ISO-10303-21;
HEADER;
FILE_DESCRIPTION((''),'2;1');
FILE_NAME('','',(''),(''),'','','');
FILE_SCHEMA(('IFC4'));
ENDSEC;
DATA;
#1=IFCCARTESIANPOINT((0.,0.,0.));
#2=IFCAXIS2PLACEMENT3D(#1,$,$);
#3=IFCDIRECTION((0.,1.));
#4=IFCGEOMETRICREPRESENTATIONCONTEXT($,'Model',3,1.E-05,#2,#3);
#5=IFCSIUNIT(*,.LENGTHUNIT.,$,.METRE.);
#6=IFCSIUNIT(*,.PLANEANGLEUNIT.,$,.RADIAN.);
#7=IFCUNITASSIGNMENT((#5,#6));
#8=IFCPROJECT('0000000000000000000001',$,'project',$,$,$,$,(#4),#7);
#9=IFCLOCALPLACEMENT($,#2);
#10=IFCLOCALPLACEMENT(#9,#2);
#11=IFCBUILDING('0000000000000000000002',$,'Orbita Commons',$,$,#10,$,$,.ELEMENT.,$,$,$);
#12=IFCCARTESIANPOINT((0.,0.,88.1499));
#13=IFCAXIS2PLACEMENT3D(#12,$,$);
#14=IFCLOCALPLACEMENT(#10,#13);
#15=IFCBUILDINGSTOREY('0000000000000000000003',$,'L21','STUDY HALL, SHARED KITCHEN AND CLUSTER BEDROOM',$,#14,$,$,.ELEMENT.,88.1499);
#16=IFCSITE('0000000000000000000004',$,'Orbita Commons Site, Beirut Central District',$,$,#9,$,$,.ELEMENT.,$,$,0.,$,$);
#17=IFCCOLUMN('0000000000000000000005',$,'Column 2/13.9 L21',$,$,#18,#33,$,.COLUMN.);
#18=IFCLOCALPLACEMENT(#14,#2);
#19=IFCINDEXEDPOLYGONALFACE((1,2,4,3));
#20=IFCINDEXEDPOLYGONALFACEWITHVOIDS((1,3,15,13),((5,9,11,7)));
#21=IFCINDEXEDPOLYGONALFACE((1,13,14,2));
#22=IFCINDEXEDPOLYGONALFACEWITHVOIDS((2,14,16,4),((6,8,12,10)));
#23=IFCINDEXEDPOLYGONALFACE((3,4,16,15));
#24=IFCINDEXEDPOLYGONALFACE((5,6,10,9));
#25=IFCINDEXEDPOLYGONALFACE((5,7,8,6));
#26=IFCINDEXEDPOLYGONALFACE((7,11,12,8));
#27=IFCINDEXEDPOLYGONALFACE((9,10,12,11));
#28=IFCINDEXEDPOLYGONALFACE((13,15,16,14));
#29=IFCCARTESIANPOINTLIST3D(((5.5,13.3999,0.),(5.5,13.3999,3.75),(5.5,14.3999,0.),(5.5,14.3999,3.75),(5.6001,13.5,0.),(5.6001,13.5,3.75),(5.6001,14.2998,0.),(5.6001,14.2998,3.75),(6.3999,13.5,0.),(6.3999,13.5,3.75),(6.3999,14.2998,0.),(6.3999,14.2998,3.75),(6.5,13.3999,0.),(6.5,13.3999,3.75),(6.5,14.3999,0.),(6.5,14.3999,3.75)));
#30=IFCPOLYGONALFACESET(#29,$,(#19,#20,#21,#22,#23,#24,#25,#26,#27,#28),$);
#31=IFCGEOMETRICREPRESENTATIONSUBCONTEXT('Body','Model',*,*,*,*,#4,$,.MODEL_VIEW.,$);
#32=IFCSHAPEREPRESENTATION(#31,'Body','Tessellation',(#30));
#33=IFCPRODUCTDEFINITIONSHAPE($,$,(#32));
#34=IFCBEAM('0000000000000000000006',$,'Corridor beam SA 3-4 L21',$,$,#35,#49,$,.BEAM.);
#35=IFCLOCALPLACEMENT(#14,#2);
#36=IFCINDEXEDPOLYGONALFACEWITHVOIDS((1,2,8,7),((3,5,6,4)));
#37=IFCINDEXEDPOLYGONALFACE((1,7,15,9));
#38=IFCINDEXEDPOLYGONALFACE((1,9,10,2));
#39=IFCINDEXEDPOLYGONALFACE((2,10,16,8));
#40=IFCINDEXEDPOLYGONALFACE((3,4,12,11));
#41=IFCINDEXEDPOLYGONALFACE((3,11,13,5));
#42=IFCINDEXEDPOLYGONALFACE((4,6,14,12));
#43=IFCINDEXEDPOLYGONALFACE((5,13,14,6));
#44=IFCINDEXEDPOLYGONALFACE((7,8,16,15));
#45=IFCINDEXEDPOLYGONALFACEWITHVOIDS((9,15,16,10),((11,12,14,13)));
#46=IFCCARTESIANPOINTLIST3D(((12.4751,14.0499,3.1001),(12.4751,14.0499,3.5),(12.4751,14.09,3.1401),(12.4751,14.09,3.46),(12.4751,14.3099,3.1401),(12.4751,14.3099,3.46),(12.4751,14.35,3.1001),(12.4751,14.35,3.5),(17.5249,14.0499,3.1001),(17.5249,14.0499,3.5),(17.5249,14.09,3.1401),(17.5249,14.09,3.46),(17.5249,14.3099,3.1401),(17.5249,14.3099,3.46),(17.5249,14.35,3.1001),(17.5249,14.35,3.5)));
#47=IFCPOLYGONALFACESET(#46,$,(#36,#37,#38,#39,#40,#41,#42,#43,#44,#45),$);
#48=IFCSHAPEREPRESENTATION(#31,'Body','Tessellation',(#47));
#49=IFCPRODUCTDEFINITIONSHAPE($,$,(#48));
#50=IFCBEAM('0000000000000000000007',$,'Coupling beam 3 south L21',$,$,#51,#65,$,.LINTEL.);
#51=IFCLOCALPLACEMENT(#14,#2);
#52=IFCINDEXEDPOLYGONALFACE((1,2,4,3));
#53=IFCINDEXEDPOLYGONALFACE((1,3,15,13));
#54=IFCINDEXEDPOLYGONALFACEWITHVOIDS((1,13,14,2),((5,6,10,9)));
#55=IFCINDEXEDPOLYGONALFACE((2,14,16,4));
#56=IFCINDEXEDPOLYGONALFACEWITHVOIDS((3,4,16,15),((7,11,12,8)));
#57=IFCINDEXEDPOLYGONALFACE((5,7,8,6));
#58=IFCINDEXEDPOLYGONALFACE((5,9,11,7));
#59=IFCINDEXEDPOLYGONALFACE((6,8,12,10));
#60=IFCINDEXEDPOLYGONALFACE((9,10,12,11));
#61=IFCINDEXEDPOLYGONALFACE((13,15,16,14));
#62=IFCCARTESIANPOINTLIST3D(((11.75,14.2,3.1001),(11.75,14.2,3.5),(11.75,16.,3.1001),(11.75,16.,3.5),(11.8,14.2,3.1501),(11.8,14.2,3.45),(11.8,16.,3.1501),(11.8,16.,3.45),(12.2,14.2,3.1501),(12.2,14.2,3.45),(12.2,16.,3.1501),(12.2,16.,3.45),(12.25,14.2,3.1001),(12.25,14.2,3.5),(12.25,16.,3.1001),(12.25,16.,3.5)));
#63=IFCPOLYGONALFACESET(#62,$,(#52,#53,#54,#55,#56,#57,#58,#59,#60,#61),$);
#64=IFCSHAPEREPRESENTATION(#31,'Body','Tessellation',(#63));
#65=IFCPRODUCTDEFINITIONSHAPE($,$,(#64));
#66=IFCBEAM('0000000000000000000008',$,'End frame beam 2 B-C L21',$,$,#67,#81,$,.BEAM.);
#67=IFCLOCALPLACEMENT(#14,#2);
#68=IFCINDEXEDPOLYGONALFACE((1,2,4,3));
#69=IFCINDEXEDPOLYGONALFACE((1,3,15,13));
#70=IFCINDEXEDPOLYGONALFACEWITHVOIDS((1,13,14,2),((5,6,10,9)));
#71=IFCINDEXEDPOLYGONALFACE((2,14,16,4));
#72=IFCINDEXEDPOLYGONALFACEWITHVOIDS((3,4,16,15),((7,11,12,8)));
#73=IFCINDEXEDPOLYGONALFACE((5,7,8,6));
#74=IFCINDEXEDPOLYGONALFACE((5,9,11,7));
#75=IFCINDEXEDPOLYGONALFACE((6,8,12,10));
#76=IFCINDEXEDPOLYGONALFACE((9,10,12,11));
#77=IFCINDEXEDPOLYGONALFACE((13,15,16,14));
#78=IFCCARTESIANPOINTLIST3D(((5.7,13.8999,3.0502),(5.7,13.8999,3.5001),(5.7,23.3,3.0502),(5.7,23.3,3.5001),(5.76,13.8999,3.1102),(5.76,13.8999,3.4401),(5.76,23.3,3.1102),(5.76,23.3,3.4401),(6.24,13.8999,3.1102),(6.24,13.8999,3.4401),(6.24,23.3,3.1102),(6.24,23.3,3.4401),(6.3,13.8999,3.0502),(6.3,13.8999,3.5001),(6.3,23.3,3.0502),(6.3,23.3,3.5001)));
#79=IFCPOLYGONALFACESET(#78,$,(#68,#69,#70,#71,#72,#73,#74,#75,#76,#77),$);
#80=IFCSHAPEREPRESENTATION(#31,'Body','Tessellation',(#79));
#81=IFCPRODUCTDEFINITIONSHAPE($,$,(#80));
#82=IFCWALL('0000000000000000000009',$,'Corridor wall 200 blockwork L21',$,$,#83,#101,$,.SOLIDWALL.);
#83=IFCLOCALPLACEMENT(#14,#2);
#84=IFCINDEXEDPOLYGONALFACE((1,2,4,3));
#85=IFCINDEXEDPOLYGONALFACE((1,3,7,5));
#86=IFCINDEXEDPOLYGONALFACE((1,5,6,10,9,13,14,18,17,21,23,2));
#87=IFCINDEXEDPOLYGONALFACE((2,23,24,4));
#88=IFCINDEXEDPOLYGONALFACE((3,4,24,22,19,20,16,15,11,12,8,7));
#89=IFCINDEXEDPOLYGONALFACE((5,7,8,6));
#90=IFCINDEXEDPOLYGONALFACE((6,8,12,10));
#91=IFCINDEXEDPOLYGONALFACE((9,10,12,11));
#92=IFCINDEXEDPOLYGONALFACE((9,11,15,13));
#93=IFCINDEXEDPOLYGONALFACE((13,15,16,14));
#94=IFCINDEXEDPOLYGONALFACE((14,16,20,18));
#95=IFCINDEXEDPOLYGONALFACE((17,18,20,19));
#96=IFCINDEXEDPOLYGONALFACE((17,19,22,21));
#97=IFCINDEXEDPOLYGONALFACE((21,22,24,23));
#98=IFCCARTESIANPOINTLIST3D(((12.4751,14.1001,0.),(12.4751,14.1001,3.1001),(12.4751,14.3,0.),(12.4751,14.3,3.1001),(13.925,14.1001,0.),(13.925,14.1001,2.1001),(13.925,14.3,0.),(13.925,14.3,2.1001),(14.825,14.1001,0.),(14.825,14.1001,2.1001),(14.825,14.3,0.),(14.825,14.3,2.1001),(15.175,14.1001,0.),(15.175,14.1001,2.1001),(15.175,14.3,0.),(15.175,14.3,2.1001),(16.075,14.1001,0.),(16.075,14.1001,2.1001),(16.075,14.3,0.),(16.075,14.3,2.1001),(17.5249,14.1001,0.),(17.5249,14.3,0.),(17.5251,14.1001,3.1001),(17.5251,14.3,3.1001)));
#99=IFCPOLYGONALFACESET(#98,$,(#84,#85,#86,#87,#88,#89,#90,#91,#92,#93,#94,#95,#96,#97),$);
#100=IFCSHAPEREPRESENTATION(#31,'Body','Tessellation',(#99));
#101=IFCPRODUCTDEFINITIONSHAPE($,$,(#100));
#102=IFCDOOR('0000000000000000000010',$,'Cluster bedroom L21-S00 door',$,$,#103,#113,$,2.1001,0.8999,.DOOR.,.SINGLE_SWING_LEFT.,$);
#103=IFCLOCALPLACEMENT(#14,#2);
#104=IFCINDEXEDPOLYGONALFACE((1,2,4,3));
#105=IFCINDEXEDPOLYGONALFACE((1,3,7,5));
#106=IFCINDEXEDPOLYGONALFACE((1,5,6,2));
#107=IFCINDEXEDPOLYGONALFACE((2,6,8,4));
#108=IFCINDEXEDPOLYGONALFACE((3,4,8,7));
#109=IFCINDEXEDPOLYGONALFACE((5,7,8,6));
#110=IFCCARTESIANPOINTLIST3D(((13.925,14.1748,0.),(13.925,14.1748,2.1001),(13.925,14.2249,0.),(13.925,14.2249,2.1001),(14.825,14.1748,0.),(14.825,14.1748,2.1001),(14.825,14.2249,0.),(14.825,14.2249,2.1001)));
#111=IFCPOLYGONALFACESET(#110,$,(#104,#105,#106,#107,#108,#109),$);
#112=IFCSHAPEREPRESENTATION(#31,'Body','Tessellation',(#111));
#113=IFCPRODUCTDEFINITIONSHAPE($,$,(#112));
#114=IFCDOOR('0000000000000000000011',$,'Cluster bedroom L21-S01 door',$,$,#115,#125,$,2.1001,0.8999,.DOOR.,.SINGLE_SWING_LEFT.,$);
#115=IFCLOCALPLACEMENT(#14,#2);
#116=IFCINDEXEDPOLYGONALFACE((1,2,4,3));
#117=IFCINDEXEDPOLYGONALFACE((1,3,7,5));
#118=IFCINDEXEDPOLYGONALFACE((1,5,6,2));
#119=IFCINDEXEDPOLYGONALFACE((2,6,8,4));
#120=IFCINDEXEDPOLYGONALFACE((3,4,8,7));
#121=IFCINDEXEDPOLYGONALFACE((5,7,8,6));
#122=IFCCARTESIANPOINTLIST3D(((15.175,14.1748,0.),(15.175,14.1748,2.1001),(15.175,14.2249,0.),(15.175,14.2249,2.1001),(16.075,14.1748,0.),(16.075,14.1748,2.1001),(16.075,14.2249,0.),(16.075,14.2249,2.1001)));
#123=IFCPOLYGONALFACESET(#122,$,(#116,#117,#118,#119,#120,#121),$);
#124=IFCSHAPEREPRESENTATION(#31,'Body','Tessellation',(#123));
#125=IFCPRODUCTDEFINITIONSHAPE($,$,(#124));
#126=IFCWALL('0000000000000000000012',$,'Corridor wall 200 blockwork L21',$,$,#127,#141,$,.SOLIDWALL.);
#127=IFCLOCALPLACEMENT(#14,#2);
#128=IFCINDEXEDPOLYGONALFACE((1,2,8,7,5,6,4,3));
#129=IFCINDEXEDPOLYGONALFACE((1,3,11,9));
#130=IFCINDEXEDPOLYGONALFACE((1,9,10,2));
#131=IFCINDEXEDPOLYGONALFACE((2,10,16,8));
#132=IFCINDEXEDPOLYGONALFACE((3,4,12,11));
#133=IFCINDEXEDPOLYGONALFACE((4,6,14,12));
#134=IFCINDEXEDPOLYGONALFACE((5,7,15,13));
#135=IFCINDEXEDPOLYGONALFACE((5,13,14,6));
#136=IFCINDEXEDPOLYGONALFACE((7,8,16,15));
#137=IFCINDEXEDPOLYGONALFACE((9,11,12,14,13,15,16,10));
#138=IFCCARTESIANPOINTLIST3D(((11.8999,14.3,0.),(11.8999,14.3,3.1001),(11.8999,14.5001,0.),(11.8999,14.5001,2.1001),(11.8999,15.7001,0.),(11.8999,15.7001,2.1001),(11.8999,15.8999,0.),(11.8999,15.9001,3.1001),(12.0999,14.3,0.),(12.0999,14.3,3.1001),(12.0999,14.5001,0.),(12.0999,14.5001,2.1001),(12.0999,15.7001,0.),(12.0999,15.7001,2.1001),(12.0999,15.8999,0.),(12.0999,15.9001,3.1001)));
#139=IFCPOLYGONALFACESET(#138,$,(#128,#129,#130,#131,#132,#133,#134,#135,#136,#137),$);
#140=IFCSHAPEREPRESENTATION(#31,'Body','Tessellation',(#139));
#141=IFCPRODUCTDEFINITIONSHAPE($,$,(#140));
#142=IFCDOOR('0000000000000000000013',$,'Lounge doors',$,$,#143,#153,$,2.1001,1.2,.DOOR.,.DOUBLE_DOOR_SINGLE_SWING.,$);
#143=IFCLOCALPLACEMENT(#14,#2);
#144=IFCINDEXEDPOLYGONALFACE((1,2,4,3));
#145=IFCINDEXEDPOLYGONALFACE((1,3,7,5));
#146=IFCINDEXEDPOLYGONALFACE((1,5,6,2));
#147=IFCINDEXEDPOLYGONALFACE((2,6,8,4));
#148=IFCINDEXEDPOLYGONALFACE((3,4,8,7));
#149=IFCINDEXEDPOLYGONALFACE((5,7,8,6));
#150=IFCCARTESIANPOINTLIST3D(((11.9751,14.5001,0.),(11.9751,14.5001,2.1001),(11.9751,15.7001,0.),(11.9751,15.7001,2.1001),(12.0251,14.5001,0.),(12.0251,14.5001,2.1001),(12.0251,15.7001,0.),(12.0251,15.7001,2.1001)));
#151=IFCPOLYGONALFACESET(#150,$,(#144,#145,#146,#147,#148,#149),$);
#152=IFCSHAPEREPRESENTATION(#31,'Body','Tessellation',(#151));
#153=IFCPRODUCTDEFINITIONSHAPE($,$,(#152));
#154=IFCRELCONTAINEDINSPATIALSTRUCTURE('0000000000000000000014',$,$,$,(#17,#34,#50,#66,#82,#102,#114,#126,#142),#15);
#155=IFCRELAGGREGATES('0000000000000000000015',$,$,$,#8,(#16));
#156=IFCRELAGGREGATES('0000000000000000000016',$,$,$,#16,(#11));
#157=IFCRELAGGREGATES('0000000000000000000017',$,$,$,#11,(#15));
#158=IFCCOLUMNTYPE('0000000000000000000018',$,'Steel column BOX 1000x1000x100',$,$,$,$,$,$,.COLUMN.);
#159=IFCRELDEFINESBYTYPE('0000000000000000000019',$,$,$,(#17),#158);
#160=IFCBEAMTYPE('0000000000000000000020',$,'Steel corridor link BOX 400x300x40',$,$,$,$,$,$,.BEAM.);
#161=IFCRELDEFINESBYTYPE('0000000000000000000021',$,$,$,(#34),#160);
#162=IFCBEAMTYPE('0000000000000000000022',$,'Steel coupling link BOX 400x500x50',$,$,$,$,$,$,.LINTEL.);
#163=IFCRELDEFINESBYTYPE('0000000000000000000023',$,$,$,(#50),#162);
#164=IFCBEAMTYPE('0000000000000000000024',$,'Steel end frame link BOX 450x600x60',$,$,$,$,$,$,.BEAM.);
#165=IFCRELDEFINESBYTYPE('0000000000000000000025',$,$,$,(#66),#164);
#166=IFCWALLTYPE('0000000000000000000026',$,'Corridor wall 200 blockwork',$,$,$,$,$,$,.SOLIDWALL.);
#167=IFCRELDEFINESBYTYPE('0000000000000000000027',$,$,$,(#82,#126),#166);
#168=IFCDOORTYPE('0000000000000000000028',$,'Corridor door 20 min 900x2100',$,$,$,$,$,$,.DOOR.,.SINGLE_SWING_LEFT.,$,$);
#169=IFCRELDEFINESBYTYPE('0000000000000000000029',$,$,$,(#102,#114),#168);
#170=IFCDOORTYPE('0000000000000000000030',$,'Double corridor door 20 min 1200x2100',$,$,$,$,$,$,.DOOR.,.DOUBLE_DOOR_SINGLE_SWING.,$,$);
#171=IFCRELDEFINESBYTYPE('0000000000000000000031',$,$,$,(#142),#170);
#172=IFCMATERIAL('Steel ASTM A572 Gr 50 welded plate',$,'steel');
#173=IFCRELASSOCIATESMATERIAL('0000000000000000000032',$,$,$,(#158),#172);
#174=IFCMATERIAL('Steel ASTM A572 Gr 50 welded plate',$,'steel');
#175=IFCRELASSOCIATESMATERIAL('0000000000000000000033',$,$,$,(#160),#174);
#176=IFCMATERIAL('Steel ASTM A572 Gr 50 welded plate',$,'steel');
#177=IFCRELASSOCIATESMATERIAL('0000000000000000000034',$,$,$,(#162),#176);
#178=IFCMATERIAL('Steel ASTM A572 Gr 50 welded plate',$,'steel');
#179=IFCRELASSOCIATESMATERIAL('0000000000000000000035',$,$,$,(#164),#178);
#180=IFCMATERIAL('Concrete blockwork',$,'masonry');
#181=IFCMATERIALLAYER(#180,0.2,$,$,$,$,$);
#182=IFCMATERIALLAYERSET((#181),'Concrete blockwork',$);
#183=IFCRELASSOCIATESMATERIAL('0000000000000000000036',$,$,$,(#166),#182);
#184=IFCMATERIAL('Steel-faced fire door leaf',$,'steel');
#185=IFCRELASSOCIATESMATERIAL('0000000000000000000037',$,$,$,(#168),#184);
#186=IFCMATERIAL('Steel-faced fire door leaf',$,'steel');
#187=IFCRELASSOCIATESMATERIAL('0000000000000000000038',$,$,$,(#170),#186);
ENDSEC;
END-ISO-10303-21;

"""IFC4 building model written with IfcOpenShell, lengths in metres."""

from ifc_helpers import new_model, si_unit, direction, frame, frame_2d, origin, origin_2d, place, context, subcontext, project, spatial, polyline, rectangle, hollow_rectangle, outline, extrude, material, layer, layer_set, material_profile, profile_set, type_object, element, fill, save


model = new_model("IFC4")

# Units and contexts
model_context = context("Model", 3, precision=1e-05, world=origin(), true_north=direction((0.0, 1.0)))
body_context = subcontext(model_context, "Body", "Model", "MODEL_VIEW")
ifc_project = project(units=[si_unit("LENGTHUNIT", "METRE"), si_unit("PLANEANGLEUNIT", "RADIAN")], contexts=[model_context])

# Site, building, storey
site_placement = place(None, origin())
site = spatial("IfcSite", under=ifc_project, at=site_placement, Name="Orbita Commons Site, Beirut Central District", CompositionType="ELEMENT", RefElevation=0.0)
building_placement = place(site_placement, origin())
building = spatial("IfcBuilding", under=site, at=building_placement, Name="Orbita Commons", CompositionType="ELEMENT")
storey_placement = place(building_placement, frame((0.0, 0.0, 88.1499)))
storey = spatial("IfcBuildingStorey", under=building, at=storey_placement, Name="L21", Description="STUDY HALL, SHARED KITCHEN AND CLUSTER BEDROOM", CompositionType="ELEMENT", Elevation=88.1499)

# Column
ifc_material_1 = material(Name="Steel ASTM A572 Gr 50 welded plate", Category="steel")
ifc_material_profile_1 = material_profile(ifc_material_1, hollow_rectangle(XDim=1.0, YDim=1.0, WallThickness=0.1001, at=origin_2d()), Name="BOX 1000x1000x100")
ifc_profile_set_1 = profile_set([ifc_material_profile_1], Name="Steel ASTM A572 Gr 50 welded plate")
column_type = type_object("IfcColumnType", Name="Steel column BOX 1000x1000x100", PredefinedType="COLUMN", material=ifc_profile_set_1)
column_placement = place(storey_placement, frame((6.0, 13.8999, 0.0), z_axis=(0.0, 0.0, 1.0), x_axis=(1.0, 0.0, 0.0)))
element("IfcColumn", 1, at=column_placement, inside=storey, type_object=column_type, Name="Column 2/13.9 L21", PredefinedType="COLUMN", context=body_context, shape_type="SweptSolid", body=[
    extrude(hollow_rectangle(XDim=1.0, YDim=1.0, WallThickness=0.1001, at=origin_2d()), origin(), (0.0, 0.0, 1.0), 3.75),
])

# Beams
ifc_material_2 = material(Name="Steel ASTM A572 Gr 50 welded plate", Category="steel")
ifc_material_profile_2 = material_profile(ifc_material_2, hollow_rectangle(XDim=0.3, YDim=0.3999, WallThickness=0.04, at=origin_2d()), Name="BOX 400x300x40")
ifc_profile_set_2 = profile_set([ifc_material_profile_2], Name="Steel ASTM A572 Gr 50 welded plate")
beam_type_1 = type_object("IfcBeamType", Name="Steel corridor link BOX 400x300x40", PredefinedType="BEAM", material=ifc_profile_set_2)
beam_1_placement = place(storey_placement, frame((12.4751, 14.2, 3.3), z_axis=(1.0, 0.0, 0.0), x_axis=(0.0, 1.0, 0.0)))
element("IfcBeam", 2, at=beam_1_placement, inside=storey, type_object=beam_type_1, Name="Corridor beam SA 3-4 L21", PredefinedType="BEAM", context=body_context, shape_type="SweptSolid", body=[
    extrude(hollow_rectangle(XDim=0.3, YDim=0.3999, WallThickness=0.04, at=origin_2d()), origin(), (0.0, 0.0, 1.0), 5.0498),
])
ifc_material_3 = material(Name="Steel ASTM A572 Gr 50 welded plate", Category="steel")
ifc_material_profile_3 = material_profile(ifc_material_3, hollow_rectangle(XDim=0.5, YDim=0.3999, WallThickness=0.05, at=origin_2d()), Name="BOX 400x500x50")
ifc_profile_set_3 = profile_set([ifc_material_profile_3], Name="Steel ASTM A572 Gr 50 welded plate")
beam_type_2 = type_object("IfcBeamType", Name="Steel coupling link BOX 400x500x50", PredefinedType="LINTEL", material=ifc_profile_set_3)
beam_2_placement = place(storey_placement, frame((12.0, 14.2, 3.3), z_axis=(0.0, 1.0, 0.0), x_axis=(-1.0, 0.0, 0.0)))
element("IfcBeam", 3, at=beam_2_placement, inside=storey, type_object=beam_type_2, Name="Coupling beam 3 south L21", PredefinedType="LINTEL", context=body_context, shape_type="SweptSolid", body=[
    extrude(hollow_rectangle(XDim=0.5, YDim=0.3999, WallThickness=0.05, at=origin_2d()), origin(), (0.0, 0.0, 1.0), 1.8),
])
ifc_material_4 = material(Name="Steel ASTM A572 Gr 50 welded plate", Category="steel")
ifc_material_profile_4 = material_profile(ifc_material_4, hollow_rectangle(XDim=0.6001, YDim=0.45, WallThickness=0.0601, at=origin_2d()), Name="BOX 450x600x60")
ifc_profile_set_4 = profile_set([ifc_material_profile_4], Name="Steel ASTM A572 Gr 50 welded plate")
beam_type_3 = type_object("IfcBeamType", Name="Steel end frame link BOX 450x600x60", PredefinedType="BEAM", material=ifc_profile_set_4)
beam_3_placement = place(storey_placement, frame((6.0, 13.8999, 3.2751), z_axis=(0.0, 1.0, 0.0), x_axis=(-1.0, 0.0, 0.0)))
element("IfcBeam", 4, at=beam_3_placement, inside=storey, type_object=beam_type_3, Name="End frame beam 2 B-C L21", PredefinedType="BEAM", context=body_context, shape_type="SweptSolid", body=[
    extrude(hollow_rectangle(XDim=0.6001, YDim=0.45, WallThickness=0.0601, at=origin_2d()), origin(), (0.0, 0.0, 1.0), 9.4001),
])

# Wall, openings, doors
ifc_material_5 = material(Name="Concrete blockwork", Category="masonry")
ifc_layer_1 = layer(ifc_material_5, 0.2)
ifc_layer_set_1 = layer_set([ifc_layer_1], Name="Concrete blockwork")
wall_type_1 = type_object("IfcWallType", Name="Corridor wall 200 blockwork", PredefinedType="SOLIDWALL", material=ifc_layer_set_1)
wall_1_placement = place(storey_placement, frame((12.4751, 14.2, 0.0), z_axis=(0.0, 0.0, 1.0), x_axis=(1.0, 0.0, 0.0)))
wall_1 = element("IfcWall", 5, at=wall_1_placement, inside=storey, type_object=wall_type_1, Name="Corridor wall 200 blockwork L21", PredefinedType="SOLIDWALL", context=body_context, shape_type="SweptSolid", body=[
    extrude(outline(polyline([(0.0, 0.0), (5.0498, 0.0), (5.05, 3.1001), (0.0, 3.1001), (0.0, 0.0)])), frame((0.0, 0.1001, 0.0), z_axis=(0.0, -1.0, 0.0), x_axis=(1.0, 0.0, 0.0)), (0.0, 0.0, 1.0), 0.2),
])
opening_1_placement = place(wall_1_placement, frame((1.45, 0.0, 0.0)))
opening_1 = element("IfcOpeningElement", 6, at=opening_1_placement, cuts=wall_1, PredefinedType="OPENING", context=body_context, shape_type="SweptSolid", body=[
    extrude(rectangle(XDim=0.8999, YDim=2.1001, at=frame_2d((0.45, 1.05))), frame((0.0, 0.1099, 0.0), z_axis=(0.0, -1.0, 0.0), x_axis=(1.0, 0.0, 0.0)), (0.0, 0.0, 1.0), 0.22),
])
opening_2_placement = place(wall_1_placement, frame((2.7, 0.0, 0.0)))
opening_2 = element("IfcOpeningElement", 7, at=opening_2_placement, cuts=wall_1, PredefinedType="OPENING", context=body_context, shape_type="SweptSolid", body=[
    extrude(rectangle(XDim=0.8999, YDim=2.1001, at=frame_2d((0.45, 1.05))), frame((0.0, 0.1099, 0.0), z_axis=(0.0, -1.0, 0.0), x_axis=(1.0, 0.0, 0.0)), (0.0, 0.0, 1.0), 0.22),
])
ifc_material_6 = material(Name="Steel-faced fire door leaf", Category="steel")
door_type_1 = type_object("IfcDoorType", Name="Corridor door 20 min 900x2100", OperationType="SINGLE_SWING_LEFT", PredefinedType="DOOR", material=ifc_material_6)
door_1_placement = place(opening_1_placement, origin())
door_1 = element("IfcDoor", 8, at=door_1_placement, inside=storey, type_object=door_type_1, Name="Cluster bedroom L21-S00 door", OperationType="SINGLE_SWING_LEFT", OverallHeight=2.1001, OverallWidth=0.8999, PredefinedType="DOOR", context=body_context, shape_type="SweptSolid", body=[
    extrude(rectangle(XDim=0.8999, YDim=2.1001, at=frame_2d((0.45, 1.05))), frame((0.0, 0.0249, 0.0), z_axis=(0.0, -1.0, 0.0), x_axis=(1.0, 0.0, 0.0)), (0.0, 0.0, 1.0), 0.05),
])
fill(opening_1, door_1)
door_2_placement = place(opening_2_placement, origin())
door_2 = element("IfcDoor", 9, at=door_2_placement, inside=storey, type_object=door_type_1, Name="Cluster bedroom L21-S01 door", OperationType="SINGLE_SWING_LEFT", OverallHeight=2.1001, OverallWidth=0.8999, PredefinedType="DOOR", context=body_context, shape_type="SweptSolid", body=[
    extrude(rectangle(XDim=0.8999, YDim=2.1001, at=frame_2d((0.45, 1.05))), frame((0.0, 0.0249, 0.0), z_axis=(0.0, -1.0, 0.0), x_axis=(1.0, 0.0, 0.0)), (0.0, 0.0, 1.0), 0.05),
])
fill(opening_2, door_2)

# Wall, opening, door
wall_2_placement = place(storey_placement, frame((12.0, 14.3, 0.0), z_axis=(0.0, 0.0, 1.0), x_axis=(0.0, 1.0, 0.0)))
wall_2 = element("IfcWall", 10, at=wall_2_placement, inside=storey, type_object=wall_type_1, Name="Corridor wall 200 blockwork L21", PredefinedType="SOLIDWALL", context=body_context, shape_type="SweptSolid", body=[
    extrude(outline(polyline([(0.0, 0.0), (1.5999, 0.0), (1.6001, 3.1001), (0.0, 3.1001), (0.0, 0.0)])), frame((0.0, 0.1001, 0.0), z_axis=(0.0, -1.0, 0.0), x_axis=(1.0, 0.0, 0.0)), (0.0, 0.0, 1.0), 0.2),
])
opening_3_placement = place(wall_2_placement, frame((0.2, 0.0, 0.0)))
opening_3 = element("IfcOpeningElement", 11, at=opening_3_placement, cuts=wall_2, PredefinedType="OPENING", context=body_context, shape_type="SweptSolid", body=[
    extrude(rectangle(XDim=1.2, YDim=2.1001, at=frame_2d((0.6001, 1.05))), frame((0.0, 0.1099, 0.0), z_axis=(0.0, -1.0, 0.0), x_axis=(1.0, 0.0, 0.0)), (0.0, 0.0, 1.0), 0.22),
])
ifc_material_7 = material(Name="Steel-faced fire door leaf", Category="steel")
door_type_2 = type_object("IfcDoorType", Name="Double corridor door 20 min 1200x2100", OperationType="DOUBLE_DOOR_SINGLE_SWING", PredefinedType="DOOR", material=ifc_material_7)
door_3_placement = place(opening_3_placement, origin())
door_3 = element("IfcDoor", 12, at=door_3_placement, inside=storey, type_object=door_type_2, Name="Lounge doors", OperationType="DOUBLE_DOOR_SINGLE_SWING", OverallHeight=2.1001, OverallWidth=1.2, PredefinedType="DOOR", context=body_context, shape_type="SweptSolid", body=[
    extrude(rectangle(XDim=1.2, YDim=2.1001, at=frame_2d((0.6001, 1.05))), frame((0.0, 0.0249, 0.0), z_axis=(0.0, -1.0, 0.0), x_axis=(1.0, 0.0, 0.0)), (0.0, 0.0, 1.0), 0.05),
])
fill(opening_3, door_3)

save(model, "model.ifc")
